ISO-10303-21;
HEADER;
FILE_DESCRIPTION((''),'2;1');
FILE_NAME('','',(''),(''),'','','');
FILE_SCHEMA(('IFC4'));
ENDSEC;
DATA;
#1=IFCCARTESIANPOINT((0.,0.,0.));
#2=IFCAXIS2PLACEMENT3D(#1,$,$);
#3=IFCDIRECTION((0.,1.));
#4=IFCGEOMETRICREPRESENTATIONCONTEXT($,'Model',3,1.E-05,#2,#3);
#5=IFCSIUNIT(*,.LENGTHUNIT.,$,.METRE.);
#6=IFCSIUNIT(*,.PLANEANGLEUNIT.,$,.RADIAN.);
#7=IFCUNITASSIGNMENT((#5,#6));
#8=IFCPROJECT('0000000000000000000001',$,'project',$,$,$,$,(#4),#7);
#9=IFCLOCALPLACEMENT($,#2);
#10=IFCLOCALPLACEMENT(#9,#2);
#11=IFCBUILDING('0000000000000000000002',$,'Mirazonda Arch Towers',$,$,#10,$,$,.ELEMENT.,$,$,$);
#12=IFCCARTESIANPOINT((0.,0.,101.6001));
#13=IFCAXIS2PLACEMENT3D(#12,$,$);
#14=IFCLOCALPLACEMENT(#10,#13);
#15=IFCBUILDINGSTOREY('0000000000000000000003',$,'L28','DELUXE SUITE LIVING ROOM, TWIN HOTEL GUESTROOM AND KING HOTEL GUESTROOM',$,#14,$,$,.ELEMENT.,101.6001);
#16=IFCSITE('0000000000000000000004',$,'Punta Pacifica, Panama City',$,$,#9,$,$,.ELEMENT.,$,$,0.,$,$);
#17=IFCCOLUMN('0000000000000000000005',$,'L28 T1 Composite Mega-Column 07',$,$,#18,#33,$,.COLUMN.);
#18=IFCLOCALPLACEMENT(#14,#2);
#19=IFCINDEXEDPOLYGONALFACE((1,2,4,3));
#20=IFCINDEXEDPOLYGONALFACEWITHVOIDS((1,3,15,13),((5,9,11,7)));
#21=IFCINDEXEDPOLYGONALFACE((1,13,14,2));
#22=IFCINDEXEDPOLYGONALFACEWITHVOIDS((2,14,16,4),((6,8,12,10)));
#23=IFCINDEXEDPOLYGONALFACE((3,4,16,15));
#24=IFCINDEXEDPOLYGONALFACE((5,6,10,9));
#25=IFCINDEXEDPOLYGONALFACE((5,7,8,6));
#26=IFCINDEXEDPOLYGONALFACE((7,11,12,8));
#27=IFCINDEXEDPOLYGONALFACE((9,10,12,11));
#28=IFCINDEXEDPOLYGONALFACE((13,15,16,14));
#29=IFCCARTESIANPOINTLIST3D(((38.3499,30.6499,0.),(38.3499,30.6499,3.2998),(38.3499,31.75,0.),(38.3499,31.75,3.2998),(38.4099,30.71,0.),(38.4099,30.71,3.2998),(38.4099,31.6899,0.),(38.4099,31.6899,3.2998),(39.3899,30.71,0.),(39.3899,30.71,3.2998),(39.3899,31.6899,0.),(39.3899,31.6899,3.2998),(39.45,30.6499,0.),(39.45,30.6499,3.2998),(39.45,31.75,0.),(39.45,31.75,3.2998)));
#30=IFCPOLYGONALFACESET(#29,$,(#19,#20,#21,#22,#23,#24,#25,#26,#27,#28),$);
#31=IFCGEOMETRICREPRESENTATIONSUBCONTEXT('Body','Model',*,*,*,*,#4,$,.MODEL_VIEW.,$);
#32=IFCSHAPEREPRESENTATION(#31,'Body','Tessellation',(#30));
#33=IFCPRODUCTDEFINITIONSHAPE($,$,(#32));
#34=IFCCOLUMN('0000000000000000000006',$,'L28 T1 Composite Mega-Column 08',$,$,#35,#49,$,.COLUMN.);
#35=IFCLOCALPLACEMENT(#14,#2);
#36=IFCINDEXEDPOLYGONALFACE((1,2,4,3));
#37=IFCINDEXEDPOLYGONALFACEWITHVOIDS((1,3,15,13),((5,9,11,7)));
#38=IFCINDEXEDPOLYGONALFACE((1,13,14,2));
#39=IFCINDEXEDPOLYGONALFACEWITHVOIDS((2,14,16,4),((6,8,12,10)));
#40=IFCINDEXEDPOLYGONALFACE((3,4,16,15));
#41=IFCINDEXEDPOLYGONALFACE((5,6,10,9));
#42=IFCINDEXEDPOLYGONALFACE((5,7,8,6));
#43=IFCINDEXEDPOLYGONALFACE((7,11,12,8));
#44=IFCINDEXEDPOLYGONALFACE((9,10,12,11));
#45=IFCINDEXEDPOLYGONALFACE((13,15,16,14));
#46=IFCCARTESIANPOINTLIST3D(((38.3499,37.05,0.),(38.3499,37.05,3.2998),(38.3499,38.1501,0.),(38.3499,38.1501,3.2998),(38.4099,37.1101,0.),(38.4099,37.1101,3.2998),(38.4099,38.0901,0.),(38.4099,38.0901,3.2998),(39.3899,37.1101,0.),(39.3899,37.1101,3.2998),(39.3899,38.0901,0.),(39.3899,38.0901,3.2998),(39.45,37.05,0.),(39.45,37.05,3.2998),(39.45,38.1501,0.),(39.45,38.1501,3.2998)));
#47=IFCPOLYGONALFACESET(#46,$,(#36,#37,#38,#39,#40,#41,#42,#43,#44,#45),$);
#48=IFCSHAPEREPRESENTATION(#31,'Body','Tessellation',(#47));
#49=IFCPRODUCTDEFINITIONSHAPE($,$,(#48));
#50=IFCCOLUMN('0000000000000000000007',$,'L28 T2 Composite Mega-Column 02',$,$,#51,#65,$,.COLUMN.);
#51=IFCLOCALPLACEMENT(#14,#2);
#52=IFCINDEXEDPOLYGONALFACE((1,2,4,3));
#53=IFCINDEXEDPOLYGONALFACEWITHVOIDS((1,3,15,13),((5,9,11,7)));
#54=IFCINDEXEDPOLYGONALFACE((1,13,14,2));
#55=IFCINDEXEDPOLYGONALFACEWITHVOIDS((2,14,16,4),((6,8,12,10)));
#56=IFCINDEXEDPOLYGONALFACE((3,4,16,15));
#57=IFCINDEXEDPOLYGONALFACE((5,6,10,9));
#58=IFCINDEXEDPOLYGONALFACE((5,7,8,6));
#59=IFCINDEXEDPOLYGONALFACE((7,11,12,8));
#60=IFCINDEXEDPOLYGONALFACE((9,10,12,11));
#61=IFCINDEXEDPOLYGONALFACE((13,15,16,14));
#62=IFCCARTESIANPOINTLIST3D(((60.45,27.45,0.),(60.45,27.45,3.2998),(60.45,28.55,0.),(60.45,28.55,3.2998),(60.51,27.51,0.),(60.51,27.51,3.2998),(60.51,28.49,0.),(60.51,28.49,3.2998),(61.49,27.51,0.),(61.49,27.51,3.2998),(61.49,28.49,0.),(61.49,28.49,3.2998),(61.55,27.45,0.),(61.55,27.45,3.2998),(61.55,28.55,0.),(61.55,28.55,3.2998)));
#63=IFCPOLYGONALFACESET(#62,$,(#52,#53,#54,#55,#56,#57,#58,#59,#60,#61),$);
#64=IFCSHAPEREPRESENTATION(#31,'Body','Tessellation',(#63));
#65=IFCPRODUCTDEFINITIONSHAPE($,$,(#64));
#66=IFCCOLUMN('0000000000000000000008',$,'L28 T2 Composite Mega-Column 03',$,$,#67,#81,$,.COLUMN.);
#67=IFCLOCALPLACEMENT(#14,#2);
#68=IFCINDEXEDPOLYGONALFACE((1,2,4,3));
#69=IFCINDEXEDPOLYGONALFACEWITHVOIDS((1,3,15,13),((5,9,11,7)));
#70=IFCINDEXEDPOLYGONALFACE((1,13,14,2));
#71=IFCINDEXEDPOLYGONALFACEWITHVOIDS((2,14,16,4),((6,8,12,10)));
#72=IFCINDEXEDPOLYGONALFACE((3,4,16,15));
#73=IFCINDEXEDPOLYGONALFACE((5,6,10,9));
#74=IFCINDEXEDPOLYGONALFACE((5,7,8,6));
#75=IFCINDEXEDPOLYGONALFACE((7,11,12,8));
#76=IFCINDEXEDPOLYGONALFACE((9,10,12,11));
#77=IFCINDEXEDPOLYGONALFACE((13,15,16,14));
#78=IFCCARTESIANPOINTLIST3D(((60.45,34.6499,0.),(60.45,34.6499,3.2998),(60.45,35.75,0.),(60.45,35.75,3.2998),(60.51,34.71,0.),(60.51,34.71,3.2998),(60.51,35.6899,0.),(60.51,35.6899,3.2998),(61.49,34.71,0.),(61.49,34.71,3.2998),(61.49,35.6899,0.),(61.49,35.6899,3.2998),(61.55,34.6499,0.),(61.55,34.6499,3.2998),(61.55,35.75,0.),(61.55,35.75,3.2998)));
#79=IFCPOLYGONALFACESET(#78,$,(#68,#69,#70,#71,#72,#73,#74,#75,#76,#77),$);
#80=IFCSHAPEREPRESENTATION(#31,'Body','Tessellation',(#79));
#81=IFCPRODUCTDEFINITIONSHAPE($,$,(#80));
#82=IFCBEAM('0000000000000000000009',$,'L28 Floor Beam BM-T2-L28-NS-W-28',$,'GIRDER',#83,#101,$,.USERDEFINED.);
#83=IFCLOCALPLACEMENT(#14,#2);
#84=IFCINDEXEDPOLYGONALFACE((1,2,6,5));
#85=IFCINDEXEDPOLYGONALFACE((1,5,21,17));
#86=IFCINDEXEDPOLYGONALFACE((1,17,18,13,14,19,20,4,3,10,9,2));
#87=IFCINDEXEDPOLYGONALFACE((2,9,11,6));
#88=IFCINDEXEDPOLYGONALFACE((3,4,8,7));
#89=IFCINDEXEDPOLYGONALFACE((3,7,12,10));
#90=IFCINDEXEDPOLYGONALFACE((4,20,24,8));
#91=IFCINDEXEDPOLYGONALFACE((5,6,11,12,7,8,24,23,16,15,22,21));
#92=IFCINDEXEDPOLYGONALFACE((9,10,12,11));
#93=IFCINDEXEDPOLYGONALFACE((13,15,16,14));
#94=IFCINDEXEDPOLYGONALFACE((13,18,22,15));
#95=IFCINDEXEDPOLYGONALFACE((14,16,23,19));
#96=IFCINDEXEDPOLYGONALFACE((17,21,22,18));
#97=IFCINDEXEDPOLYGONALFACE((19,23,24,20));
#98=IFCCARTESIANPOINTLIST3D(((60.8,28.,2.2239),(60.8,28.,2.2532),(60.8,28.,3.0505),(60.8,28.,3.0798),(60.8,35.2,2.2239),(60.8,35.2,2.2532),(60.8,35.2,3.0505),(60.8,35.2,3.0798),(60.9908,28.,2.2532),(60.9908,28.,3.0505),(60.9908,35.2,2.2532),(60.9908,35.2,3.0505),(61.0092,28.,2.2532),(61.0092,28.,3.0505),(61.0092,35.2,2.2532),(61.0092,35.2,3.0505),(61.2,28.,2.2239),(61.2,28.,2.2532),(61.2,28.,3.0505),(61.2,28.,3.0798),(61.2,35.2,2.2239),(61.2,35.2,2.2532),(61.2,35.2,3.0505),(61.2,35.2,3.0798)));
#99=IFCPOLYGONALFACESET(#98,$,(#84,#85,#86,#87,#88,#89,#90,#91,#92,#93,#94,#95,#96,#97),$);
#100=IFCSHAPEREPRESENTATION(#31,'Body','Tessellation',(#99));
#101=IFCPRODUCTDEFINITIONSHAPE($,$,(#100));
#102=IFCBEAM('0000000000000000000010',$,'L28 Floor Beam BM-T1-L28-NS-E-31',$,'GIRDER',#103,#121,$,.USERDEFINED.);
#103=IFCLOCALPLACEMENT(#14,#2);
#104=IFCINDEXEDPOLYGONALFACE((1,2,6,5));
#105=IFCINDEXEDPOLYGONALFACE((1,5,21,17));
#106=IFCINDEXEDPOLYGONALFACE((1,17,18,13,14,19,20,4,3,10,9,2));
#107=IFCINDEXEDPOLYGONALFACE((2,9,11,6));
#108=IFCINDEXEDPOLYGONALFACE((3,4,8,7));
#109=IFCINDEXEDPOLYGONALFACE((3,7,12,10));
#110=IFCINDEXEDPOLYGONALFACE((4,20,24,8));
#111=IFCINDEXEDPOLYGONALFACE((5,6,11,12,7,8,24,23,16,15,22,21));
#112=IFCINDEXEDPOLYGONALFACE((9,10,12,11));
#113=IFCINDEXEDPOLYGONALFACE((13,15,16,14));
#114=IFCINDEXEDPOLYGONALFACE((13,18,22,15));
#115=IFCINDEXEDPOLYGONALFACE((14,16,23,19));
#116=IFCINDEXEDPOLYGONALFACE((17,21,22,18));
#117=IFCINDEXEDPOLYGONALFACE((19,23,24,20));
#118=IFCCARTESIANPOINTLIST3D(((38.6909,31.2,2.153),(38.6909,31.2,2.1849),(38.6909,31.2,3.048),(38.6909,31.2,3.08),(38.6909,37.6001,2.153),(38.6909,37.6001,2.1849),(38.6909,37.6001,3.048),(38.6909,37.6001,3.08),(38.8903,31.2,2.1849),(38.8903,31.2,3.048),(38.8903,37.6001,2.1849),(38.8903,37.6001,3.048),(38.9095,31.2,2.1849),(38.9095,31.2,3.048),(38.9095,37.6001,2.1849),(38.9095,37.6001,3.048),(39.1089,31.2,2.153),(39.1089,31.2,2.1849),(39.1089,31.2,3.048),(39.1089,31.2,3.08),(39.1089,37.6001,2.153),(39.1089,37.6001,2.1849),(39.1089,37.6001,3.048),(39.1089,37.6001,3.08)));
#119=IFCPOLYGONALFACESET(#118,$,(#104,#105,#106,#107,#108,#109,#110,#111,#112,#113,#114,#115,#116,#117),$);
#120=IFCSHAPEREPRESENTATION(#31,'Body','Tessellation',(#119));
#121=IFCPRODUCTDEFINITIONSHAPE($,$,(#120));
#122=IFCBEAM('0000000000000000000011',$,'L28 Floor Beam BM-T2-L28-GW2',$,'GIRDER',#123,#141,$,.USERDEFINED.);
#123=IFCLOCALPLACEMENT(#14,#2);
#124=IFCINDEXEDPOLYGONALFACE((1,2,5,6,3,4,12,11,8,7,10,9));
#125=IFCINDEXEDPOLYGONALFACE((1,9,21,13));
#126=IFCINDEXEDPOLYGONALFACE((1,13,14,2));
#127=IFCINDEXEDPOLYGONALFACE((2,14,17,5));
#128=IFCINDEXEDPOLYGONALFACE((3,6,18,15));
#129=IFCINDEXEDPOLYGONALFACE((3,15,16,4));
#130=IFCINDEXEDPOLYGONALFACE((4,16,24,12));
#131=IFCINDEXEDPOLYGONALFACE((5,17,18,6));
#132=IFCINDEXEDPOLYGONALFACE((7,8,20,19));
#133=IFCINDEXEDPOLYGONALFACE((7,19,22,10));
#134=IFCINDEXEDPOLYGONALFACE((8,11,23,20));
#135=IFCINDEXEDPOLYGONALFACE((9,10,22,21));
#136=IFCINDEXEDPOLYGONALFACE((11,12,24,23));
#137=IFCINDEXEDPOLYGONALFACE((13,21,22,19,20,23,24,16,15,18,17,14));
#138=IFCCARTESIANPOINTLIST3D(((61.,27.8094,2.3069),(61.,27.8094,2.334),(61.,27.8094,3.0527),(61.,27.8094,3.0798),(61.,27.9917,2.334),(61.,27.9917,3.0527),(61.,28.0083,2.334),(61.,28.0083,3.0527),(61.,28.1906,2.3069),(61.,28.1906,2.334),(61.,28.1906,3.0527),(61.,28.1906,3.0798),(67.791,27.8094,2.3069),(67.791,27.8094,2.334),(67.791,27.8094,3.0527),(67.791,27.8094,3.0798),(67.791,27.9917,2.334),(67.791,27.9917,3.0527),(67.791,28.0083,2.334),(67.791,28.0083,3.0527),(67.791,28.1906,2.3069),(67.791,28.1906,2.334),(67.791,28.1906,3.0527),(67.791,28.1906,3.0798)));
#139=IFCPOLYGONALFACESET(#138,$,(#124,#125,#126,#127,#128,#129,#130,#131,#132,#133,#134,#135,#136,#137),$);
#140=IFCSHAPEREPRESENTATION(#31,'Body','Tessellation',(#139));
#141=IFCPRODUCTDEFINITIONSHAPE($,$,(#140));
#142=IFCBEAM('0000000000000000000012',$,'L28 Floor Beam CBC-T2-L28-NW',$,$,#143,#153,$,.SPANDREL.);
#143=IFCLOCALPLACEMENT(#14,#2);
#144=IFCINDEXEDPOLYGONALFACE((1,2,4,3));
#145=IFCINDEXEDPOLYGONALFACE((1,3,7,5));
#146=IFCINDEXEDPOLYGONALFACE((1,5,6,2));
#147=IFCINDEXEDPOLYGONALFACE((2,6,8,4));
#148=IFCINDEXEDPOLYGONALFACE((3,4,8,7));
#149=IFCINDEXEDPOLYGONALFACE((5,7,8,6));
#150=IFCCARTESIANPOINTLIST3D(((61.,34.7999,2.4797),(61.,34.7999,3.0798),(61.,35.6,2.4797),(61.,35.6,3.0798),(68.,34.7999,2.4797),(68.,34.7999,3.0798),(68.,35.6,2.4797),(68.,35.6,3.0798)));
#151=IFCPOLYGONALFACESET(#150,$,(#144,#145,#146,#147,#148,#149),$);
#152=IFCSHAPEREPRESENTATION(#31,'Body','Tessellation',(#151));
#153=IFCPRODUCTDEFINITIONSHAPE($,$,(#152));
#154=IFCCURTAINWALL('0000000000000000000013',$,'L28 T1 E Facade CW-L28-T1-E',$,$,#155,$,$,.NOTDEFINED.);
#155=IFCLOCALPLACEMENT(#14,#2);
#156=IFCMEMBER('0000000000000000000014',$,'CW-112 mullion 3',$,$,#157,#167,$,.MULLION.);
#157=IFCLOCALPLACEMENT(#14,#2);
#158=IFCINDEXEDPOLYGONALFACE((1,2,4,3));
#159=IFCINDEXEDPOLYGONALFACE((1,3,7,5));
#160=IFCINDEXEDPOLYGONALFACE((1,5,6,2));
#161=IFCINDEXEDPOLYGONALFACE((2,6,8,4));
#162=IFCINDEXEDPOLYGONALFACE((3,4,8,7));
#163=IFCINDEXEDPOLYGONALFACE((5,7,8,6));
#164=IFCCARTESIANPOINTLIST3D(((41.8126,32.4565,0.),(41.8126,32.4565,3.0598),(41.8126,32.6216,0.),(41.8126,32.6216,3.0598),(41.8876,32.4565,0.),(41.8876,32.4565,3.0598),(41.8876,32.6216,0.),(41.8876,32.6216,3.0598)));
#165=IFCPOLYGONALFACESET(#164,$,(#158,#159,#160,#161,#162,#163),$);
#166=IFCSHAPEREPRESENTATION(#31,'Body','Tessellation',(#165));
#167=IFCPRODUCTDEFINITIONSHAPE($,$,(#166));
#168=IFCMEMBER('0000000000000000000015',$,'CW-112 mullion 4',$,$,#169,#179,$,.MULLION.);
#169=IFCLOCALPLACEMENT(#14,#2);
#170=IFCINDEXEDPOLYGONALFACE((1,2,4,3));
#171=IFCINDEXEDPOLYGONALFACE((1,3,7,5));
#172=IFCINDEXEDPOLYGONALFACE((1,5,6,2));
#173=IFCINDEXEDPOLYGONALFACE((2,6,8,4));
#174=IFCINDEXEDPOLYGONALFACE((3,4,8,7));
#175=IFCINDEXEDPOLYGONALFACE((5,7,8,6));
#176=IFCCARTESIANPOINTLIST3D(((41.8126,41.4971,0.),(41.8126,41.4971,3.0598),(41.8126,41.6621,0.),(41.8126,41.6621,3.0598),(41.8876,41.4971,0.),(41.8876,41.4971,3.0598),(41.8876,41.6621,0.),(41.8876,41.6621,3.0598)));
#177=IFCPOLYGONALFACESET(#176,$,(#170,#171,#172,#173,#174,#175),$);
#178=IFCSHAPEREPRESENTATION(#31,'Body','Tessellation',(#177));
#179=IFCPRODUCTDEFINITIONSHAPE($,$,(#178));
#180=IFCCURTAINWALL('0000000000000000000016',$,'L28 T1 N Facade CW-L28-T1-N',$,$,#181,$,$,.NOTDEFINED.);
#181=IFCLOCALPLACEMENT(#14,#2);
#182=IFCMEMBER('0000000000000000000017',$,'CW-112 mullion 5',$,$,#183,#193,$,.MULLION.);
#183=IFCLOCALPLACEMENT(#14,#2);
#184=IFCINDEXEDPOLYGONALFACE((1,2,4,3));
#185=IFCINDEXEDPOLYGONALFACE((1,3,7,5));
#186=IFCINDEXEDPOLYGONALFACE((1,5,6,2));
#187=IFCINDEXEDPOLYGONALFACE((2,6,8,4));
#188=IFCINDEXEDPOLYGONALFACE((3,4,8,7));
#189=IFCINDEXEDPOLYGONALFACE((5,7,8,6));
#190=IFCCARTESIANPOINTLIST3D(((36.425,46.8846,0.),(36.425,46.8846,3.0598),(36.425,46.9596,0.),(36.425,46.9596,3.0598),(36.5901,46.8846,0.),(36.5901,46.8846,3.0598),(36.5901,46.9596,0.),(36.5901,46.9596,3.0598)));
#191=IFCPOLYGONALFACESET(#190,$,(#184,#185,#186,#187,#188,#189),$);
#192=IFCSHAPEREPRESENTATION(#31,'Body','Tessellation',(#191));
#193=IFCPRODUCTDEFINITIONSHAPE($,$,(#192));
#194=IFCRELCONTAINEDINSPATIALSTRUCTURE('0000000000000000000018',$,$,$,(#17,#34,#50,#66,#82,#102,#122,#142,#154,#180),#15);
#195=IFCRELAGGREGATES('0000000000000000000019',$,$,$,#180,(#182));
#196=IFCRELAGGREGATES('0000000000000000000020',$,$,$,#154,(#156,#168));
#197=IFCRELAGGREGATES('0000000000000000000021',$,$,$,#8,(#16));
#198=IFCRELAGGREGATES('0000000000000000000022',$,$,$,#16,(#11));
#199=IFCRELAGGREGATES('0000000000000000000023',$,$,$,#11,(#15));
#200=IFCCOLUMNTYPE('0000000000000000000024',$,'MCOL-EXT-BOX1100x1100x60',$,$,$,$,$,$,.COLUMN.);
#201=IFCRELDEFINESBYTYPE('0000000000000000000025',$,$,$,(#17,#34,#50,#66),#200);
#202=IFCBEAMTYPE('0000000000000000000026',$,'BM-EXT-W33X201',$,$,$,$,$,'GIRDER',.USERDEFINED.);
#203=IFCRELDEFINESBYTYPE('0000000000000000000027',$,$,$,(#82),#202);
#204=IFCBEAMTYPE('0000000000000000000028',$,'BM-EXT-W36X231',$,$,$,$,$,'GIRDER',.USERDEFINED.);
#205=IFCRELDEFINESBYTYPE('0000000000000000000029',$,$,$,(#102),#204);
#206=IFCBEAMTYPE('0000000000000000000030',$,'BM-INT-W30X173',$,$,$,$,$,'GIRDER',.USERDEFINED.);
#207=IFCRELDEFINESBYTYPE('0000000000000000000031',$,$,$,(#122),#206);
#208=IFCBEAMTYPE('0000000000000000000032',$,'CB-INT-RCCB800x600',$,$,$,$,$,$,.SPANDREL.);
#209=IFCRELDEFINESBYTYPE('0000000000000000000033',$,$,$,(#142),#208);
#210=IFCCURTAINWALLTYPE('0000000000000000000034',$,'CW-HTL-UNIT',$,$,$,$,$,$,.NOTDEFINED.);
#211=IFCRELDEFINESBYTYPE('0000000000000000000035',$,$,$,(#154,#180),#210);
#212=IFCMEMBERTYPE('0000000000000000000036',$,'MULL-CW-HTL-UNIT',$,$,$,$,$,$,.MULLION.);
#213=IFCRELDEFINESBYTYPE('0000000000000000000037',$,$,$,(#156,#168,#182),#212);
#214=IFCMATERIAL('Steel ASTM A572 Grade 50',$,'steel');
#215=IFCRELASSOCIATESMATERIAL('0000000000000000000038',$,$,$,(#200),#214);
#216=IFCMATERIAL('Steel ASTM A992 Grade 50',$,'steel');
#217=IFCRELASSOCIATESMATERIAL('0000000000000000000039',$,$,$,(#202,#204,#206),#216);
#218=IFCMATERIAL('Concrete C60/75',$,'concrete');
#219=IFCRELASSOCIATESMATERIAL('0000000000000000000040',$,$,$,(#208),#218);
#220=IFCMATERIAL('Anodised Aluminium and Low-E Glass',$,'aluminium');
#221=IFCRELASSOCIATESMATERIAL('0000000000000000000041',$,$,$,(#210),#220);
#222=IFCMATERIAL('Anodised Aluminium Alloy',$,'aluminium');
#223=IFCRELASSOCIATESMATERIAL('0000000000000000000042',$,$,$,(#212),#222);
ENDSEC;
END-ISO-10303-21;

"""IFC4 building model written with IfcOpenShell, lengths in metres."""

from ifc_helpers import new_model, si_unit, direction, frame, origin, origin_2d, place, context, subcontext, project, spatial, rectangle, hollow_rectangle, i_section, extrude, material, material_profile, profile_set, type_object, element, aggregate, save


model = new_model("IFC4")

# Units and contexts
model_context = context("Model", 3, precision=1e-05, world=origin(), true_north=direction((0.0, 1.0)))
body_context = subcontext(model_context, "Body", "Model", "MODEL_VIEW")
ifc_project = project(units=[si_unit("LENGTHUNIT", "METRE"), si_unit("PLANEANGLEUNIT", "RADIAN")], contexts=[model_context])

# Site, building, storey
site_placement = place(None, origin())
site = spatial("IfcSite", under=ifc_project, at=site_placement, Name="Punta Pacifica, Panama City", CompositionType="ELEMENT", RefElevation=0.0)
building_placement = place(site_placement, origin())
building = spatial("IfcBuilding", under=site, at=building_placement, Name="Mirazonda Arch Towers", CompositionType="ELEMENT")
storey_placement = place(building_placement, frame((0.0, 0.0, 101.6001)))
storey = spatial("IfcBuildingStorey", under=building, at=storey_placement, Name="L28", Description="DELUXE SUITE LIVING ROOM, TWIN HOTEL GUESTROOM AND KING HOTEL GUESTROOM", CompositionType="ELEMENT", Elevation=101.6001)

# Columns
ifc_material_1 = material(Name="Steel ASTM A572 Grade 50", Category="steel")
ifc_material_profile_1 = material_profile(ifc_material_1, hollow_rectangle(XDim=1.1001, YDim=1.1001, WallThickness=0.0601, at=origin_2d()), Name="BOX1100x1100x60")
ifc_profile_set_1 = profile_set([ifc_material_profile_1], Name="Steel ASTM A572 Grade 50")
column_type = type_object("IfcColumnType", Name="MCOL-EXT-BOX1100x1100x60", PredefinedType="COLUMN", material=ifc_profile_set_1)
for number, where, z_axis, x_axis, name in (
    (1, (38.8999, 31.2, 0.0), (0.0, 0.0, 1.0), (1.0, 0.0, 0.0), "L28 T1 Composite Mega-Column 07"),
    (2, (38.8999, 37.6001, 0.0), (0.0, 0.0, 1.0), (1.0, 0.0, 0.0), "L28 T1 Composite Mega-Column 08"),
    (3, (61.0, 28.0, 0.0), (0.0, 0.0, 1.0), (1.0, 0.0, 0.0), "L28 T2 Composite Mega-Column 02"),
    (4, (61.0, 35.2, 0.0), (0.0, 0.0, 1.0), (1.0, 0.0, 0.0), "L28 T2 Composite Mega-Column 03"),
):
    element("IfcColumn", number, at=place(storey_placement, frame(where, z_axis=z_axis, x_axis=x_axis)), inside=storey, type_object=column_type, Name=name, PredefinedType="COLUMN", context=body_context, shape_type="SweptSolid", body=[
        extrude(hollow_rectangle(XDim=1.1001, YDim=1.1001, WallThickness=0.0601, at=origin_2d()), origin(), (0.0, 0.0, 1.0), 3.2998),
    ])

# Beams
ifc_material_2 = material(Name="Steel ASTM A992 Grade 50", Category="steel")
ifc_material_profile_2 = material_profile(ifc_material_2, i_section(OverallWidth=0.3999, OverallDepth=0.856, WebThickness=0.0183, FlangeThickness=0.0293, at=origin_2d()), Name="W33X201")
ifc_profile_set_2 = profile_set([ifc_material_profile_2], Name="Steel ASTM A992 Grade 50")
beam_type_1 = type_object("IfcBeamType", Name="BM-EXT-W33X201", ElementType="GIRDER", PredefinedType="USERDEFINED", material=ifc_profile_set_2)
beam_1_placement = place(storey_placement, frame((61.0, 28.0, 2.6519), z_axis=(0.0, 1.0, 0.0), x_axis=(-1.0, 0.0, 0.0)))
element("IfcBeam", 5, at=beam_1_placement, inside=storey, type_object=beam_type_1, Name="L28 Floor Beam BM-T2-L28-NS-W-28", ObjectType="GIRDER", PredefinedType="USERDEFINED", context=body_context, shape_type="SweptSolid", body=[
    extrude(i_section(OverallWidth=0.3999, OverallDepth=0.856, WebThickness=0.0183, FlangeThickness=0.0293, at=origin_2d()), origin(), (0.0, 0.0, 1.0), 7.2),
])
ifc_material_profile_3 = material_profile(ifc_material_2, i_section(OverallWidth=0.418, OverallDepth=0.927, WebThickness=0.0193, FlangeThickness=0.032, at=origin_2d()), Name="W36X231")
ifc_profile_set_3 = profile_set([ifc_material_profile_3], Name="Steel ASTM A992 Grade 50")
beam_type_2 = type_object("IfcBeamType", Name="BM-EXT-W36X231", ElementType="GIRDER", PredefinedType="USERDEFINED", material=ifc_profile_set_3)
beam_2_placement = place(storey_placement, frame((38.8999, 31.2, 2.6165), z_axis=(0.0, 1.0, 0.0), x_axis=(-1.0, 0.0, 0.0)))
element("IfcBeam", 6, at=beam_2_placement, inside=storey, type_object=beam_type_2, Name="L28 Floor Beam BM-T1-L28-NS-E-31", ObjectType="GIRDER", PredefinedType="USERDEFINED", context=body_context, shape_type="SweptSolid", body=[
    extrude(i_section(OverallWidth=0.418, OverallDepth=0.927, WebThickness=0.0193, FlangeThickness=0.032, at=origin_2d()), origin(), (0.0, 0.0, 1.0), 6.4001),
])
ifc_material_profile_4 = material_profile(ifc_material_2, i_section(OverallWidth=0.3811, OverallDepth=0.7729, WebThickness=0.0166, FlangeThickness=0.0271, at=origin_2d()), Name="W30X173")
ifc_profile_set_4 = profile_set([ifc_material_profile_4], Name="Steel ASTM A992 Grade 50")
beam_type_3 = type_object("IfcBeamType", Name="BM-INT-W30X173", ElementType="GIRDER", PredefinedType="USERDEFINED", material=ifc_profile_set_4)
beam_3_placement = place(storey_placement, frame((61.0, 28.0, 2.6934), z_axis=(1.0, 0.0, 0.0), x_axis=(0.0, 1.0, 0.0)))
element("IfcBeam", 7, at=beam_3_placement, inside=storey, type_object=beam_type_3, Name="L28 Floor Beam BM-T2-L28-GW2", ObjectType="GIRDER", PredefinedType="USERDEFINED", context=body_context, shape_type="SweptSolid", body=[
    extrude(i_section(OverallWidth=0.3811, OverallDepth=0.7729, WebThickness=0.0166, FlangeThickness=0.0271, at=origin_2d()), origin(), (0.0, 0.0, 1.0), 6.791),
])
ifc_material_3 = material(Name="Concrete C60/75", Category="concrete")
ifc_material_profile_5 = material_profile(ifc_material_3, rectangle(XDim=0.8, YDim=0.6001, at=origin_2d()), Name="RCCB800x600")
ifc_profile_set_5 = profile_set([ifc_material_profile_5], Name="Concrete C60/75")
beam_type_4 = type_object("IfcBeamType", Name="CB-INT-RCCB800x600", PredefinedType="SPANDREL", material=ifc_profile_set_5)
beam_4_placement = place(storey_placement, frame((61.0, 35.2, 2.7798), z_axis=(1.0, 0.0, 0.0), x_axis=(0.0, 1.0, 0.0)))
element("IfcBeam", 8, at=beam_4_placement, inside=storey, type_object=beam_type_4, Name="L28 Floor Beam CBC-T2-L28-NW", PredefinedType="SPANDREL", context=body_context, shape_type="SweptSolid", body=[
    extrude(rectangle(XDim=0.8, YDim=0.6001, at=origin_2d()), origin(), (0.0, 0.0, 1.0), 7.0),
])

# Curtain wall, members
ifc_material_4 = material(Name="Anodised Aluminium and Low-E Glass", Category="aluminium")
curtain_wall_type = type_object("IfcCurtainWallType", Name="CW-HTL-UNIT", PredefinedType="NOTDEFINED", material=ifc_material_4)
curtain_wall_1_placement = place(storey_placement, origin())
curtain_wall_1 = element("IfcCurtainWall", 9, at=curtain_wall_1_placement, inside=storey, type_object=curtain_wall_type, Name="L28 T1 E Facade CW-L28-T1-E", PredefinedType="NOTDEFINED")
ifc_material_5 = material(Name="Anodised Aluminium Alloy", Category="aluminium")
ifc_material_profile_6 = material_profile(ifc_material_5, rectangle(XDim=0.075, YDim=0.165, at=origin_2d()), Name="ALU-MULL-75x165")
ifc_profile_set_6 = profile_set([ifc_material_profile_6], Name="Anodised Aluminium Alloy")
member_type_1 = type_object("IfcMemberType", Name="MULL-CW-HTL-UNIT", PredefinedType="MULLION", material=ifc_profile_set_6)
member_1_placement = place(storey_placement, frame((41.8501, 32.5391, 0.0), z_axis=(0.0, 0.0, 1.0), x_axis=(-1.0, 0.0, 0.0)))
member_1 = element("IfcMember", 10, at=member_1_placement, type_object=member_type_1, Name="CW-112 mullion 3", PredefinedType="MULLION", context=body_context, shape_type="SweptSolid", body=[
    extrude(rectangle(XDim=0.075, YDim=0.165, at=origin_2d()), origin(), (0.0, 0.0, 1.0), 3.0598),
])
member_2_placement = place(storey_placement, frame((41.8501, 41.5796, 0.0), z_axis=(0.0, 0.0, 1.0), x_axis=(-1.0, 0.0, 0.0)))
member_2 = element("IfcMember", 11, at=member_2_placement, type_object=member_type_1, Name="CW-112 mullion 4", PredefinedType="MULLION", context=body_context, shape_type="SweptSolid", body=[
    extrude(rectangle(XDim=0.075, YDim=0.165, at=origin_2d()), origin(), (0.0, 0.0, 1.0), 3.0598),
])

# Curtain wall, member
curtain_wall_2_placement = place(storey_placement, origin())
curtain_wall_2 = element("IfcCurtainWall", 12, at=curtain_wall_2_placement, inside=storey, type_object=curtain_wall_type, Name="L28 T1 N Facade CW-L28-T1-N", PredefinedType="NOTDEFINED")
member_3_placement = place(storey_placement, frame((36.5076, 46.9221, 0.0), z_axis=(0.0, 0.0, 1.0), x_axis=(0.0, 1.0, 0.0)))
member_3 = element("IfcMember", 13, at=member_3_placement, type_object=member_type_1, Name="CW-112 mullion 5", PredefinedType="MULLION", context=body_context, shape_type="SweptSolid", body=[
    extrude(rectangle(XDim=0.075, YDim=0.165, at=origin_2d()), origin(), (0.0, 0.0, 1.0), 3.0598),
])
aggregate(curtain_wall_2, [member_3])

aggregate(curtain_wall_1, [member_1, member_2])

save(model, "model.ifc")
